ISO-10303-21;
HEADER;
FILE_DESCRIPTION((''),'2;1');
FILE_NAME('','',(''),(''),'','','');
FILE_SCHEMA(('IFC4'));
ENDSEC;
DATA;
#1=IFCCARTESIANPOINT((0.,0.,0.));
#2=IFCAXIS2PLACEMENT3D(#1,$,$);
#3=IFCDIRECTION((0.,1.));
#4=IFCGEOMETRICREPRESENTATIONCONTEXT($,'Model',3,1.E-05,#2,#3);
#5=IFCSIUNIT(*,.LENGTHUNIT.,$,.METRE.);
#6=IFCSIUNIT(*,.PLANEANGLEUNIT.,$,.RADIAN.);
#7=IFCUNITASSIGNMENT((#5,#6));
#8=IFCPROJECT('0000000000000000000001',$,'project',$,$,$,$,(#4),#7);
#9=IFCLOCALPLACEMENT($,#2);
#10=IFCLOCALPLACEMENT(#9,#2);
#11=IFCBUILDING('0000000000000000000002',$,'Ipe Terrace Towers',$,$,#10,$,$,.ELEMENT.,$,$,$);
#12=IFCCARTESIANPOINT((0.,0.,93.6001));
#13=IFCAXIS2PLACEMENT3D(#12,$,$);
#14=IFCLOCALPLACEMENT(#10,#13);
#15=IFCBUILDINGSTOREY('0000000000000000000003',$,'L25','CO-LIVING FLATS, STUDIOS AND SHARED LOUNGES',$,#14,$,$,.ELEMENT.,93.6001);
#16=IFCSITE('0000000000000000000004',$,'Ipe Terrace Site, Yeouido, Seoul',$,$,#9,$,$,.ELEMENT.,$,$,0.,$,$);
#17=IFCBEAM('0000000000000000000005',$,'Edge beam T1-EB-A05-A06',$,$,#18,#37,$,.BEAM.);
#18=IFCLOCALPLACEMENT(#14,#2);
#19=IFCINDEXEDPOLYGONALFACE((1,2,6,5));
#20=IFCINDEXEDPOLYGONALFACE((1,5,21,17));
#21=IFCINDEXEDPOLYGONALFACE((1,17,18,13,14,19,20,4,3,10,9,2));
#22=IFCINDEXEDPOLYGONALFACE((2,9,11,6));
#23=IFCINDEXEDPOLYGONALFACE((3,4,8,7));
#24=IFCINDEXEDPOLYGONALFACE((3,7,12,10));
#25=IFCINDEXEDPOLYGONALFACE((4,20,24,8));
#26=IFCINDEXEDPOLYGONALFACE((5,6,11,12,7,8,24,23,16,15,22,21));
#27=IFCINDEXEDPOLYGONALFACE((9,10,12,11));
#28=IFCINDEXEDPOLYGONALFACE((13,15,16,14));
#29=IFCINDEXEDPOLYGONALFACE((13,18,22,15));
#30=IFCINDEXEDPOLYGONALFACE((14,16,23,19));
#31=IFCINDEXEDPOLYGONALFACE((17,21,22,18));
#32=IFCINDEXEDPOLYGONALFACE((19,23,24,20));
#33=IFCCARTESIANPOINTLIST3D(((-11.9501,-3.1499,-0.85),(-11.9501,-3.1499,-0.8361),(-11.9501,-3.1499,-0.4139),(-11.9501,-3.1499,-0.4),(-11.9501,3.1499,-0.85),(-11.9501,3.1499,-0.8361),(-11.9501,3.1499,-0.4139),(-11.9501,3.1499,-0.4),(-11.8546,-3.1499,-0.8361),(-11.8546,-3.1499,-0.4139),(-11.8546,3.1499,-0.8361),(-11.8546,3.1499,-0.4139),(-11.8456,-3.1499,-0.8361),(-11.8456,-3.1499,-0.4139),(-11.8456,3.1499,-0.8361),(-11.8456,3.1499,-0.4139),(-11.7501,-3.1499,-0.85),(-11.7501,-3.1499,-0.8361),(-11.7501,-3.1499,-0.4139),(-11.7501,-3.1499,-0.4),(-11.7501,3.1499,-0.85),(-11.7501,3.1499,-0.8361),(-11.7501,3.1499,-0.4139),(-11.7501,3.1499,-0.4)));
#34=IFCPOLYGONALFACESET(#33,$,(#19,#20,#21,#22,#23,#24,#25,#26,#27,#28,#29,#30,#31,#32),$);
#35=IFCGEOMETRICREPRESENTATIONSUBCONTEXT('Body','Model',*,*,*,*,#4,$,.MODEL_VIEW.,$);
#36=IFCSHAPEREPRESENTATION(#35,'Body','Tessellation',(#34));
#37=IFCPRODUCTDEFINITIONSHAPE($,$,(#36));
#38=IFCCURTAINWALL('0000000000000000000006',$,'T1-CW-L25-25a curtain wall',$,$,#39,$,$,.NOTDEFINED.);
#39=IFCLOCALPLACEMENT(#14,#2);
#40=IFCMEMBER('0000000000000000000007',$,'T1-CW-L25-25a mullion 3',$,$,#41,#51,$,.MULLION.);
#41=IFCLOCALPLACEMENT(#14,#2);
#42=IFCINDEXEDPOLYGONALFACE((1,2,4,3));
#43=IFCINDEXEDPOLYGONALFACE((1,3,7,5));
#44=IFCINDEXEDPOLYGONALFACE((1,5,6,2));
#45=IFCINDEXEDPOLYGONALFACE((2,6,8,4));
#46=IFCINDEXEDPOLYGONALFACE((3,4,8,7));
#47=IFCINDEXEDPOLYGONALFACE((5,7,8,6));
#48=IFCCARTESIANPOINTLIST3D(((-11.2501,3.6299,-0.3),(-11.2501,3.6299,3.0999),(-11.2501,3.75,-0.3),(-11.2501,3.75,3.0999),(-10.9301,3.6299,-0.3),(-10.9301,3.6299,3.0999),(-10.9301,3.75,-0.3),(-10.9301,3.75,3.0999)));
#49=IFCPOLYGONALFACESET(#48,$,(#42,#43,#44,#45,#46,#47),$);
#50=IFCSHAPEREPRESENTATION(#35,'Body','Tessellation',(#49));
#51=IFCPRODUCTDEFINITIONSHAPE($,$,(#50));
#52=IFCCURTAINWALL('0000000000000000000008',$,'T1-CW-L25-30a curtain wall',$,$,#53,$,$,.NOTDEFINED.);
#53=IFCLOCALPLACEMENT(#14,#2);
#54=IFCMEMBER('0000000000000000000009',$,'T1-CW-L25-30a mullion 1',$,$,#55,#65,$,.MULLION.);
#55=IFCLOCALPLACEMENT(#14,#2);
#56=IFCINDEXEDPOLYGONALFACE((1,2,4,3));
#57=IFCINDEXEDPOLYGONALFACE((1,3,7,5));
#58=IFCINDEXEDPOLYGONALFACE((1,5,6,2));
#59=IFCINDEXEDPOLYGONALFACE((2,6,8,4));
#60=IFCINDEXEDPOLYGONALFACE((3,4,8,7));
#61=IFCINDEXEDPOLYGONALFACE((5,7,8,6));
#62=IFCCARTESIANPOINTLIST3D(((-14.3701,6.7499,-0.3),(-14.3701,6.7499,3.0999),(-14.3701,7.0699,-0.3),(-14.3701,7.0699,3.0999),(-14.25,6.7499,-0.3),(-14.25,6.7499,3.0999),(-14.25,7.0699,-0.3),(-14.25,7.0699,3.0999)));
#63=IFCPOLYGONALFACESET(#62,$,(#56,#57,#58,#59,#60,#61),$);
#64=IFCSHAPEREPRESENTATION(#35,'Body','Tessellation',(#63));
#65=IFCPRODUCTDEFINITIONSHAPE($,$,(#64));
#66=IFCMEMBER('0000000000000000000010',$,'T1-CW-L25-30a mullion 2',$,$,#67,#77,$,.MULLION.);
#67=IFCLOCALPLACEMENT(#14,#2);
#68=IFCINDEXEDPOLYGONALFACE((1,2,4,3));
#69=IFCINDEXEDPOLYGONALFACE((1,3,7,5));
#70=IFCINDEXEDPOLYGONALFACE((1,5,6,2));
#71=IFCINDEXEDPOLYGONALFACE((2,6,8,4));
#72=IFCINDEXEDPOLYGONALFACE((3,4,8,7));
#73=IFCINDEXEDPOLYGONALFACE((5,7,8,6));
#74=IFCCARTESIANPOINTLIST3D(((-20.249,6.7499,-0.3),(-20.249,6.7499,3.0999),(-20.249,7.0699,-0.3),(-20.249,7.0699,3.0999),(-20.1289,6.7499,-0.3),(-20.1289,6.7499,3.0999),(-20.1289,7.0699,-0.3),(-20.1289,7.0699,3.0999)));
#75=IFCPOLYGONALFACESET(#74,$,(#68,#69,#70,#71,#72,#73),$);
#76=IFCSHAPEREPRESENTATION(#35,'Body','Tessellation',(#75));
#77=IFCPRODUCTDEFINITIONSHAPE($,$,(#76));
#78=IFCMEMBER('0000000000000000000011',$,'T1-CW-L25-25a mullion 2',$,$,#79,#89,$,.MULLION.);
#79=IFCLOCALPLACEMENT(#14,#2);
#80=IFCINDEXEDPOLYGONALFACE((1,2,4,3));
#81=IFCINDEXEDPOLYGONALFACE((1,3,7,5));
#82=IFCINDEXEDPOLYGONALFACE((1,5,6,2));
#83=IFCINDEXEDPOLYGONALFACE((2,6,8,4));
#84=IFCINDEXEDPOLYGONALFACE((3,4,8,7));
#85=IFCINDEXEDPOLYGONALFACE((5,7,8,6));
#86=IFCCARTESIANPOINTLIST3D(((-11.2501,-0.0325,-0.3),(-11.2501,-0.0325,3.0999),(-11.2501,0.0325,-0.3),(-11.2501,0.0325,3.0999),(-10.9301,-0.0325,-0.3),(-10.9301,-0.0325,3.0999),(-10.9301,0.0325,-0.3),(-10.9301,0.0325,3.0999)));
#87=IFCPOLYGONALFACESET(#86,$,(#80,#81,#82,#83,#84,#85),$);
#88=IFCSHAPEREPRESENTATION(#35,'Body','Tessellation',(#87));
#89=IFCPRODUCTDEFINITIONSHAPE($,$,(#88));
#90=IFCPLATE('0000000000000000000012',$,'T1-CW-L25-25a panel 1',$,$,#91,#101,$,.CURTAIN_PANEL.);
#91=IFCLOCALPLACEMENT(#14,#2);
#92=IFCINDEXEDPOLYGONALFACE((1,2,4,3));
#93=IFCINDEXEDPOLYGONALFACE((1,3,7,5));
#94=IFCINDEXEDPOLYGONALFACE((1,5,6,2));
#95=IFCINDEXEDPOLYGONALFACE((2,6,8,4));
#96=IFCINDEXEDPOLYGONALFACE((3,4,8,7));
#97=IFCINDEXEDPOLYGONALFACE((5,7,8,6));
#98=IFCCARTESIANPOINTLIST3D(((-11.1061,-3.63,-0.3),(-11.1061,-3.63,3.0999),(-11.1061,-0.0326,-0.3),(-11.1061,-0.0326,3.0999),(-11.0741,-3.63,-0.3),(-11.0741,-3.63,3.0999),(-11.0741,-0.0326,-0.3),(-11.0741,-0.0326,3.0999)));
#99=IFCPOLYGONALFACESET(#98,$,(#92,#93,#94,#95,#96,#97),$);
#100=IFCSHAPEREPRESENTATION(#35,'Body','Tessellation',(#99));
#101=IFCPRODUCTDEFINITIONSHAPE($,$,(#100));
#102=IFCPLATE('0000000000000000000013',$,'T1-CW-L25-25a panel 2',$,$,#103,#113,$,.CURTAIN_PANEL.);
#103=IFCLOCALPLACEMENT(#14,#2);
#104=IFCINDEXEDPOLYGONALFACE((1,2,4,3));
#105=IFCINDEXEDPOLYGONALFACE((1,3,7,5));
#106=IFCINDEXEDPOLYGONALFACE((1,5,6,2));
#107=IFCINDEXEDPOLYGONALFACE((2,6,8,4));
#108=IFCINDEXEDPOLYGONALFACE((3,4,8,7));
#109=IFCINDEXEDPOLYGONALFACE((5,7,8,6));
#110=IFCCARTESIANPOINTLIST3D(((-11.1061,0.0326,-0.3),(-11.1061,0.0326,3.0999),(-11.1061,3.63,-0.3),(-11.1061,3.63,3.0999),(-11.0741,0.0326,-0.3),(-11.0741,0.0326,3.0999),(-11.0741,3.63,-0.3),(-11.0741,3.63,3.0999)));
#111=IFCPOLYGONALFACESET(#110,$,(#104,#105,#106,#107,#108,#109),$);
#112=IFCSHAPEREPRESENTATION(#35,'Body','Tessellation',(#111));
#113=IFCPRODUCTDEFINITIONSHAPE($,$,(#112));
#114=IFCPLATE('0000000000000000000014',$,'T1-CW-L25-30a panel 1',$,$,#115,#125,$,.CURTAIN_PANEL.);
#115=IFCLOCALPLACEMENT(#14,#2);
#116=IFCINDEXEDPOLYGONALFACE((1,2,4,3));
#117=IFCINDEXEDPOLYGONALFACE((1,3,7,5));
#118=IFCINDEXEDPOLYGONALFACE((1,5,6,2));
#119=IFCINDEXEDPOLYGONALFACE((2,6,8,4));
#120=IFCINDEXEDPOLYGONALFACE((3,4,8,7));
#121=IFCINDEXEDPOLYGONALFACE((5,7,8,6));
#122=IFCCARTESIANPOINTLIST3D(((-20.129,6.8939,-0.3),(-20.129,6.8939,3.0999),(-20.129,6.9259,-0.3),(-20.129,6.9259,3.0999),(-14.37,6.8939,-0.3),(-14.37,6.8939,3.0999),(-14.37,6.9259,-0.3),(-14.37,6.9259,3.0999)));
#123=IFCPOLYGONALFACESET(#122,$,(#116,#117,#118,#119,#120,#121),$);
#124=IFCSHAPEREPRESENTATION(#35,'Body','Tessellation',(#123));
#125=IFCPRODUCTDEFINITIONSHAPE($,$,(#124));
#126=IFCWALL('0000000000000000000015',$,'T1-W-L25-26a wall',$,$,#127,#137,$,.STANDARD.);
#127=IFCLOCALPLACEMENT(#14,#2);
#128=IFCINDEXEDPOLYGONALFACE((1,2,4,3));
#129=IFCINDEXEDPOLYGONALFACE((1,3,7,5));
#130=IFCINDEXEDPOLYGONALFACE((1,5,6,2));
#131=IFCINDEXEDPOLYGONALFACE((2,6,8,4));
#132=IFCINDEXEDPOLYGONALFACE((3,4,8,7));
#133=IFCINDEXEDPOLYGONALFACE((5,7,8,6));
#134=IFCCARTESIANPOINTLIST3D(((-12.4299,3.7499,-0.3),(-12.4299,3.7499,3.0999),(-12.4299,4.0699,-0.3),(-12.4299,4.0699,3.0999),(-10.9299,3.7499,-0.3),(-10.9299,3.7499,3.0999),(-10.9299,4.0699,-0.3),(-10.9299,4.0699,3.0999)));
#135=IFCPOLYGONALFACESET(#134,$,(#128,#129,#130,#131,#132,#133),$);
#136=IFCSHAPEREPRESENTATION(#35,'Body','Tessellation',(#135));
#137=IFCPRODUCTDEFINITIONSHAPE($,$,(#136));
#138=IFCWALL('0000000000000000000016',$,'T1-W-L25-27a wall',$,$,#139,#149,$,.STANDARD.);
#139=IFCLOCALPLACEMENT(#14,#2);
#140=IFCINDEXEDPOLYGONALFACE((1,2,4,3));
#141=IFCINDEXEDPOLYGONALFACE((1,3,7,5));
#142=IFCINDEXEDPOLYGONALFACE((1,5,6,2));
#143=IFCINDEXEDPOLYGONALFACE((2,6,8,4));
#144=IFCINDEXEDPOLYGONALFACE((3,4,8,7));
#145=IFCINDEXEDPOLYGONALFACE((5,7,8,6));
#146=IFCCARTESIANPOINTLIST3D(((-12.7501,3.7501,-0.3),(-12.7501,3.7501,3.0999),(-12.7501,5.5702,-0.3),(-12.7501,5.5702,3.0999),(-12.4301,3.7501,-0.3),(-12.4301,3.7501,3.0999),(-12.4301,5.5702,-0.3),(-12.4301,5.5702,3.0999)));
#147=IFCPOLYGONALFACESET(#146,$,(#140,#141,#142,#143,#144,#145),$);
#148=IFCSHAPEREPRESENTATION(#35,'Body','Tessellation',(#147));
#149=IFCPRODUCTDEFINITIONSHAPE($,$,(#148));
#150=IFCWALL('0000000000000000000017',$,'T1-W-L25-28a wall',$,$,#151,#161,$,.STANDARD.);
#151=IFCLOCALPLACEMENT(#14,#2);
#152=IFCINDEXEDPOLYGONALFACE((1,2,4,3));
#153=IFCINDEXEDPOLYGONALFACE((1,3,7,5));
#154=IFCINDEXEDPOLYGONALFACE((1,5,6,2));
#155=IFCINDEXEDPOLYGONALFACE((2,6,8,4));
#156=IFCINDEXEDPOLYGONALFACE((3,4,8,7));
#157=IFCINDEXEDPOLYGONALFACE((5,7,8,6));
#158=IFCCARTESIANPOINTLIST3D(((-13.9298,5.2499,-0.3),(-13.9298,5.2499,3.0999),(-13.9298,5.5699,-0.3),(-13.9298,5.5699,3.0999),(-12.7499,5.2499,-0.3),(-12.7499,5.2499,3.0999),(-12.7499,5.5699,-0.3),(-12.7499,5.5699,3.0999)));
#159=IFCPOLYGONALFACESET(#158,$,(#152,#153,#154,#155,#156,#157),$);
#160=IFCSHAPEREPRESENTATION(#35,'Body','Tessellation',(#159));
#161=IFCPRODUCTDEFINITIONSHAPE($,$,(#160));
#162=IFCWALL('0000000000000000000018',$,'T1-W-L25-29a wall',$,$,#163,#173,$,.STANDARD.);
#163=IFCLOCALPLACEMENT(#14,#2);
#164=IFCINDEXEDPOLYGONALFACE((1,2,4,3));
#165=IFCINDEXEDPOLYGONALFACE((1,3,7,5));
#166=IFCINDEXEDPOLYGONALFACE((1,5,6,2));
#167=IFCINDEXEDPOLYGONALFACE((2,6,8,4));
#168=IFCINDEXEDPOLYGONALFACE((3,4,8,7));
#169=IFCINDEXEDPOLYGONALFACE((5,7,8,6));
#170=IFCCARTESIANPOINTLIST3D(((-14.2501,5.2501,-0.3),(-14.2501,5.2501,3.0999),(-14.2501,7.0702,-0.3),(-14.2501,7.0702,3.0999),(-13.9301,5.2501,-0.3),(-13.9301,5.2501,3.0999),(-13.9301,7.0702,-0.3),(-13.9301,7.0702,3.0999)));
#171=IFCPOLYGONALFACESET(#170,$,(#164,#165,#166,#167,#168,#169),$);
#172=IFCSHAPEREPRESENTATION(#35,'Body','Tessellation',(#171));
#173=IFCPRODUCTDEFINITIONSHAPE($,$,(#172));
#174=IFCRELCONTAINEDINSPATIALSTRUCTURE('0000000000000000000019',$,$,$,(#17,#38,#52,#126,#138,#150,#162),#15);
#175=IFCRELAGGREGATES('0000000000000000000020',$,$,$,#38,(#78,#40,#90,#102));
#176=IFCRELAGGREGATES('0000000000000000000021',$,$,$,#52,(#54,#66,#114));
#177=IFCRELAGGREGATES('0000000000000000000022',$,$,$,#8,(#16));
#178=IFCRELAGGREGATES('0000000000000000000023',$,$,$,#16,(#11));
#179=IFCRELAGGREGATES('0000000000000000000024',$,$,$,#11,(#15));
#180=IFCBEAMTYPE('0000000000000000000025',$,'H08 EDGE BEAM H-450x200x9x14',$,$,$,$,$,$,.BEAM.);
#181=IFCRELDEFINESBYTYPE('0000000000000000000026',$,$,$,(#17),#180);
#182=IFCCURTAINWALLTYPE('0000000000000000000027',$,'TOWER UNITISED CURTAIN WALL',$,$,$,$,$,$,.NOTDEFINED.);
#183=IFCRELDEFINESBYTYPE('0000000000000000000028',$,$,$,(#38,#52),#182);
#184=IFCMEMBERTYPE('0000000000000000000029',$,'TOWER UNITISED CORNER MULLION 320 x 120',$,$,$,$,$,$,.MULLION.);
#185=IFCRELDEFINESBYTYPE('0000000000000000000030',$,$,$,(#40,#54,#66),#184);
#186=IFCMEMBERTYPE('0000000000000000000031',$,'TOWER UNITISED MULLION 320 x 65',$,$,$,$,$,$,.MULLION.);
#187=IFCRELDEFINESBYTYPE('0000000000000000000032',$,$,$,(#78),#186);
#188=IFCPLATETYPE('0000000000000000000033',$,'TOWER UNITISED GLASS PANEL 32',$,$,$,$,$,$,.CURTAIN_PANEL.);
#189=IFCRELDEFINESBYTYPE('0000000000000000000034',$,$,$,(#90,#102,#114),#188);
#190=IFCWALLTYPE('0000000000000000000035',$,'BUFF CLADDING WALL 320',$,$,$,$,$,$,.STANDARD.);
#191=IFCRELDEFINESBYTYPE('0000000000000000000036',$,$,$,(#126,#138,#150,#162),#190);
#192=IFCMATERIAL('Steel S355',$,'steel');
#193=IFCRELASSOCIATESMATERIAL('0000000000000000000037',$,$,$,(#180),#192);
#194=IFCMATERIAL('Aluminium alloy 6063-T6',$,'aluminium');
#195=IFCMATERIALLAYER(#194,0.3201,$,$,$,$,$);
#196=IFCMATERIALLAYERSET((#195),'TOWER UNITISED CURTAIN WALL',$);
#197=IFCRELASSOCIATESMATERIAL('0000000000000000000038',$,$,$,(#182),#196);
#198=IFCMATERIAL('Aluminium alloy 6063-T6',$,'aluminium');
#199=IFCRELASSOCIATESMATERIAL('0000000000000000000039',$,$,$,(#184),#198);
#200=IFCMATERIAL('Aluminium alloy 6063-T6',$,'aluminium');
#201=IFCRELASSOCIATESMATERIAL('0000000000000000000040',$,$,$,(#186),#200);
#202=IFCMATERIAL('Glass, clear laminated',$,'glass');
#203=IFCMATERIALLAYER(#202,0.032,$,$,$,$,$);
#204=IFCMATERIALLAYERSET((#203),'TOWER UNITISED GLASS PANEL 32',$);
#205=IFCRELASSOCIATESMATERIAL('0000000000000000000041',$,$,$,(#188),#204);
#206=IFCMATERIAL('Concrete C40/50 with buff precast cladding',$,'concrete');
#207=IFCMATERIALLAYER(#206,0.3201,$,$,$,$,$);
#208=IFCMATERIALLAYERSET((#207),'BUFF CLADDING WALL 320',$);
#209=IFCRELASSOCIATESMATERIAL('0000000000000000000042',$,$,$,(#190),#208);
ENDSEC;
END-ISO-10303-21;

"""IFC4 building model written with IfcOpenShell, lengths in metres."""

from ifc_helpers import new_model, si_unit, direction, frame, frame_2d, origin, origin_2d, place, context, subcontext, project, spatial, rectangle, i_section, extrude, material, layer, layer_set, material_profile, profile_set, type_object, element, aggregate, save


model = new_model("IFC4")

# Units and contexts
model_context = context("Model", 3, precision=1e-05, world=origin(), true_north=direction((0.0, 1.0)))
body_context = subcontext(model_context, "Body", "Model", "MODEL_VIEW")
ifc_project = project(units=[si_unit("LENGTHUNIT", "METRE"), si_unit("PLANEANGLEUNIT", "RADIAN")], contexts=[model_context])

# Site, building, storey
site_placement = place(None, origin())
site = spatial("IfcSite", under=ifc_project, at=site_placement, Name="Ipe Terrace Site, Yeouido, Seoul", CompositionType="ELEMENT", RefElevation=0.0)
building_placement = place(site_placement, origin())
building = spatial("IfcBuilding", under=site, at=building_placement, Name="Ipe Terrace Towers", CompositionType="ELEMENT")
storey_placement = place(building_placement, frame((0.0, 0.0, 93.6001)))
storey = spatial("IfcBuildingStorey", under=building, at=storey_placement, Name="L25", Description="CO-LIVING FLATS, STUDIOS AND SHARED LOUNGES", CompositionType="ELEMENT", Elevation=93.6001)

# Beam
ifc_material_1 = material(Name="Steel S355", Category="steel")
ifc_material_profile_1 = material_profile(ifc_material_1, i_section(OverallWidth=0.2, OverallDepth=0.45, WebThickness=0.009, FlangeThickness=0.0139, at=origin_2d()), Name="H-450x200x9x14")
ifc_profile_set_1 = profile_set([ifc_material_profile_1], Name="Steel S355")
beam_type = type_object("IfcBeamType", Name="H08 EDGE BEAM H-450x200x9x14", PredefinedType="BEAM", material=ifc_profile_set_1)
beam_1_placement = place(storey_placement, frame((-11.8501, -3.1499, -0.625), z_axis=(0.0, 1.0, 0.0), x_axis=(-1.0, 0.0, 0.0)))
element("IfcBeam", 1, at=beam_1_placement, inside=storey, type_object=beam_type, Name="Edge beam T1-EB-A05-A06", PredefinedType="BEAM", context=body_context, shape_type="SweptSolid", body=[
    extrude(i_section(OverallWidth=0.2, OverallDepth=0.45, WebThickness=0.009, FlangeThickness=0.0139, at=origin_2d()), origin(), (0.0, 0.0, 1.0), 6.2998),
])

# Curtain wall, member
ifc_material_2 = material(Name="Aluminium alloy 6063-T6", Category="aluminium")
ifc_layer_1 = layer(ifc_material_2, 0.3201)
ifc_layer_set_1 = layer_set([ifc_layer_1], Name="TOWER UNITISED CURTAIN WALL")
curtain_wall_type = type_object("IfcCurtainWallType", Name="TOWER UNITISED CURTAIN WALL", PredefinedType="NOTDEFINED", material=ifc_layer_set_1)
curtain_wall_1_placement = place(storey_placement, origin())
curtain_wall_1 = element("IfcCurtainWall", 2, at=curtain_wall_1_placement, inside=storey, type_object=curtain_wall_type, Name="T1-CW-L25-25a curtain wall", PredefinedType="NOTDEFINED")
ifc_material_3 = material(Name="Aluminium alloy 6063-T6", Category="aluminium")
ifc_material_profile_2 = material_profile(ifc_material_3, rectangle(XDim=0.3201, YDim=0.1201, at=origin_2d()), Name="TOWER UNITISED CORNER MULLION 320 x 120")
ifc_profile_set_2 = profile_set([ifc_material_profile_2], Name="Aluminium alloy 6063-T6")
member_type_1 = type_object("IfcMemberType", Name="TOWER UNITISED CORNER MULLION 320 x 120", PredefinedType="MULLION", material=ifc_profile_set_2)
member_1_placement = place(storey_placement, frame((-11.0901, 3.6899, -0.3), z_axis=(0.0, 0.0, 1.0), x_axis=(1.0, 0.0, 0.0)))
member_1 = element("IfcMember", 3, at=member_1_placement, type_object=member_type_1, Name="T1-CW-L25-25a mullion 3", PredefinedType="MULLION", context=body_context, shape_type="SweptSolid", body=[
    extrude(rectangle(XDim=0.3201, YDim=0.1201, at=origin_2d()), origin(), (0.0, 0.0, 1.0), 3.3999),
])

# Curtain wall, members
curtain_wall_2_placement = place(storey_placement, origin())
curtain_wall_2 = element("IfcCurtainWall", 4, at=curtain_wall_2_placement, inside=storey, type_object=curtain_wall_type, Name="T1-CW-L25-30a curtain wall", PredefinedType="NOTDEFINED")
member_2_placement = place(storey_placement, frame((-14.3101, 6.9099, -0.3), z_axis=(0.0, 0.0, 1.0), x_axis=(0.0, 1.0, 0.0)))
member_2 = element("IfcMember", 5, at=member_2_placement, type_object=member_type_1, Name="T1-CW-L25-30a mullion 1", PredefinedType="MULLION", context=body_context, shape_type="SweptSolid", body=[
    extrude(rectangle(XDim=0.3201, YDim=0.1201, at=origin_2d()), origin(), (0.0, 0.0, 1.0), 3.3999),
])
member_3_placement = place(storey_placement, frame((-20.189, 6.9099, -0.3), z_axis=(0.0, 0.0, 1.0), x_axis=(0.0, 1.0, 0.0)))
member_3 = element("IfcMember", 6, at=member_3_placement, type_object=member_type_1, Name="T1-CW-L25-30a mullion 2", PredefinedType="MULLION", context=body_context, shape_type="SweptSolid", body=[
    extrude(rectangle(XDim=0.3201, YDim=0.1201, at=origin_2d()), origin(), (0.0, 0.0, 1.0), 3.3999),
])

# Member
ifc_material_4 = material(Name="Aluminium alloy 6063-T6", Category="aluminium")
ifc_material_profile_3 = material_profile(ifc_material_4, rectangle(XDim=0.3201, YDim=0.0649, at=origin_2d()), Name="TOWER UNITISED MULLION 320 x 65")
ifc_profile_set_3 = profile_set([ifc_material_profile_3], Name="Aluminium alloy 6063-T6")
member_type_2 = type_object("IfcMemberType", Name="TOWER UNITISED MULLION 320 x 65", PredefinedType="MULLION", material=ifc_profile_set_3)
member_4_placement = place(storey_placement, frame((-11.0901, 0.0, -0.3), z_axis=(0.0, 0.0, 1.0), x_axis=(1.0, 0.0, 0.0)))
member_4 = element("IfcMember", 7, at=member_4_placement, type_object=member_type_2, Name="T1-CW-L25-25a mullion 2", PredefinedType="MULLION", context=body_context, shape_type="SweptSolid", body=[
    extrude(rectangle(XDim=0.3201, YDim=0.0649, at=origin_2d()), origin(), (0.0, 0.0, 1.0), 3.3999),
])

# Plates
ifc_material_5 = material(Name="Glass, clear laminated", Category="glass")
ifc_layer_2 = layer(ifc_material_5, 0.032)
ifc_layer_set_2 = layer_set([ifc_layer_2], Name="TOWER UNITISED GLASS PANEL 32")
plate_type = type_object("IfcPlateType", Name="TOWER UNITISED GLASS PANEL 32", PredefinedType="CURTAIN_PANEL", material=ifc_layer_set_2)
plate_1_placement = place(storey_placement, frame((-11.0901, -1.8313, -0.3), z_axis=(0.0, 0.0, 1.0), x_axis=(0.0, 1.0, 0.0)))
plate_1 = element("IfcPlate", 8, at=plate_1_placement, type_object=plate_type, Name="T1-CW-L25-25a panel 1", PredefinedType="CURTAIN_PANEL", context=body_context, shape_type="SweptSolid", body=[
    extrude(rectangle(XDim=3.5974, YDim=0.032, at=origin_2d()), origin(), (0.0, 0.0, 1.0), 3.3999),
])
plate_2_placement = place(storey_placement, frame((-11.0901, 1.8313, -0.3), z_axis=(0.0, 0.0, 1.0), x_axis=(0.0, 1.0, 0.0)))
plate_2 = element("IfcPlate", 9, at=plate_2_placement, type_object=plate_type, Name="T1-CW-L25-25a panel 2", PredefinedType="CURTAIN_PANEL", context=body_context, shape_type="SweptSolid", body=[
    extrude(rectangle(XDim=3.5974, YDim=0.032, at=origin_2d()), origin(), (0.0, 0.0, 1.0), 3.3999),
])
aggregate(curtain_wall_1, [member_4, member_1, plate_1, plate_2])
plate_3_placement = place(storey_placement, frame((-17.2495, 6.9099, -0.3), z_axis=(0.0, 0.0, 1.0), x_axis=(-1.0, 0.0, 0.0)))
plate_3 = element("IfcPlate", 10, at=plate_3_placement, type_object=plate_type, Name="T1-CW-L25-30a panel 1", PredefinedType="CURTAIN_PANEL", context=body_context, shape_type="SweptSolid", body=[
    extrude(rectangle(XDim=5.759, YDim=0.032, at=origin_2d()), origin(), (0.0, 0.0, 1.0), 3.3999),
])
aggregate(curtain_wall_2, [member_2, member_3, plate_3])

# Walls
ifc_material_6 = material(Name="Concrete C40/50 with buff precast cladding", Category="concrete")
ifc_layer_3 = layer(ifc_material_6, 0.3201)
ifc_layer_set_3 = layer_set([ifc_layer_3], Name="BUFF CLADDING WALL 320")
wall_type_1 = type_object("IfcWallType", Name="BUFF CLADDING WALL 320", PredefinedType="STANDARD", material=ifc_layer_set_3)
wall_1_placement = place(storey_placement, frame((-10.9299, 3.9099, -0.3), z_axis=(0.0, 0.0, 1.0), x_axis=(-1.0, 0.0, 0.0)))
element("IfcWall", 11, at=wall_1_placement, inside=storey, type_object=wall_type_1, Name="T1-W-L25-26a wall", PredefinedType="STANDARD", context=body_context, shape_type="SweptSolid", body=[
    extrude(rectangle(XDim=1.5, YDim=0.3201, at=frame_2d((0.75, 0.0))), origin(), (0.0, 0.0, 1.0), 3.3999),
])
wall_2_placement = place(storey_placement, frame((-12.5901, 3.75, -0.3), z_axis=(0.0, 0.0, 1.0), x_axis=(0.0, 1.0, 0.0)))
element("IfcWall", 12, at=wall_2_placement, inside=storey, type_object=wall_type_1, Name="T1-W-L25-27a wall", PredefinedType="STANDARD", context=body_context, shape_type="SweptSolid", body=[
    extrude(rectangle(XDim=1.8201, YDim=0.3201, at=frame_2d((0.9102, 0.0))), origin(), (0.0, 0.0, 1.0), 3.3999),
])
wall_3_placement = place(storey_placement, frame((-12.75, 5.4099, -0.3), z_axis=(0.0, 0.0, 1.0), x_axis=(-1.0, 0.0, 0.0)))
element("IfcWall", 13, at=wall_3_placement, inside=storey, type_object=wall_type_1, Name="T1-W-L25-28a wall", PredefinedType="STANDARD", context=body_context, shape_type="SweptSolid", body=[
    extrude(rectangle(XDim=1.1799, YDim=0.3201, at=frame_2d((0.5898, 0.0))), origin(), (0.0, 0.0, 1.0), 3.3999),
])
wall_4_placement = place(storey_placement, frame((-14.0901, 5.25, -0.3), z_axis=(0.0, 0.0, 1.0), x_axis=(0.0, 1.0, 0.0)))
element("IfcWall", 14, at=wall_4_placement, inside=storey, type_object=wall_type_1, Name="T1-W-L25-29a wall", PredefinedType="STANDARD", context=body_context, shape_type="SweptSolid", body=[
    extrude(rectangle(XDim=1.8201, YDim=0.3201, at=frame_2d((0.9102, 0.0))), origin(), (0.0, 0.0, 1.0), 3.3999),
])

save(model, "model.ifc")
